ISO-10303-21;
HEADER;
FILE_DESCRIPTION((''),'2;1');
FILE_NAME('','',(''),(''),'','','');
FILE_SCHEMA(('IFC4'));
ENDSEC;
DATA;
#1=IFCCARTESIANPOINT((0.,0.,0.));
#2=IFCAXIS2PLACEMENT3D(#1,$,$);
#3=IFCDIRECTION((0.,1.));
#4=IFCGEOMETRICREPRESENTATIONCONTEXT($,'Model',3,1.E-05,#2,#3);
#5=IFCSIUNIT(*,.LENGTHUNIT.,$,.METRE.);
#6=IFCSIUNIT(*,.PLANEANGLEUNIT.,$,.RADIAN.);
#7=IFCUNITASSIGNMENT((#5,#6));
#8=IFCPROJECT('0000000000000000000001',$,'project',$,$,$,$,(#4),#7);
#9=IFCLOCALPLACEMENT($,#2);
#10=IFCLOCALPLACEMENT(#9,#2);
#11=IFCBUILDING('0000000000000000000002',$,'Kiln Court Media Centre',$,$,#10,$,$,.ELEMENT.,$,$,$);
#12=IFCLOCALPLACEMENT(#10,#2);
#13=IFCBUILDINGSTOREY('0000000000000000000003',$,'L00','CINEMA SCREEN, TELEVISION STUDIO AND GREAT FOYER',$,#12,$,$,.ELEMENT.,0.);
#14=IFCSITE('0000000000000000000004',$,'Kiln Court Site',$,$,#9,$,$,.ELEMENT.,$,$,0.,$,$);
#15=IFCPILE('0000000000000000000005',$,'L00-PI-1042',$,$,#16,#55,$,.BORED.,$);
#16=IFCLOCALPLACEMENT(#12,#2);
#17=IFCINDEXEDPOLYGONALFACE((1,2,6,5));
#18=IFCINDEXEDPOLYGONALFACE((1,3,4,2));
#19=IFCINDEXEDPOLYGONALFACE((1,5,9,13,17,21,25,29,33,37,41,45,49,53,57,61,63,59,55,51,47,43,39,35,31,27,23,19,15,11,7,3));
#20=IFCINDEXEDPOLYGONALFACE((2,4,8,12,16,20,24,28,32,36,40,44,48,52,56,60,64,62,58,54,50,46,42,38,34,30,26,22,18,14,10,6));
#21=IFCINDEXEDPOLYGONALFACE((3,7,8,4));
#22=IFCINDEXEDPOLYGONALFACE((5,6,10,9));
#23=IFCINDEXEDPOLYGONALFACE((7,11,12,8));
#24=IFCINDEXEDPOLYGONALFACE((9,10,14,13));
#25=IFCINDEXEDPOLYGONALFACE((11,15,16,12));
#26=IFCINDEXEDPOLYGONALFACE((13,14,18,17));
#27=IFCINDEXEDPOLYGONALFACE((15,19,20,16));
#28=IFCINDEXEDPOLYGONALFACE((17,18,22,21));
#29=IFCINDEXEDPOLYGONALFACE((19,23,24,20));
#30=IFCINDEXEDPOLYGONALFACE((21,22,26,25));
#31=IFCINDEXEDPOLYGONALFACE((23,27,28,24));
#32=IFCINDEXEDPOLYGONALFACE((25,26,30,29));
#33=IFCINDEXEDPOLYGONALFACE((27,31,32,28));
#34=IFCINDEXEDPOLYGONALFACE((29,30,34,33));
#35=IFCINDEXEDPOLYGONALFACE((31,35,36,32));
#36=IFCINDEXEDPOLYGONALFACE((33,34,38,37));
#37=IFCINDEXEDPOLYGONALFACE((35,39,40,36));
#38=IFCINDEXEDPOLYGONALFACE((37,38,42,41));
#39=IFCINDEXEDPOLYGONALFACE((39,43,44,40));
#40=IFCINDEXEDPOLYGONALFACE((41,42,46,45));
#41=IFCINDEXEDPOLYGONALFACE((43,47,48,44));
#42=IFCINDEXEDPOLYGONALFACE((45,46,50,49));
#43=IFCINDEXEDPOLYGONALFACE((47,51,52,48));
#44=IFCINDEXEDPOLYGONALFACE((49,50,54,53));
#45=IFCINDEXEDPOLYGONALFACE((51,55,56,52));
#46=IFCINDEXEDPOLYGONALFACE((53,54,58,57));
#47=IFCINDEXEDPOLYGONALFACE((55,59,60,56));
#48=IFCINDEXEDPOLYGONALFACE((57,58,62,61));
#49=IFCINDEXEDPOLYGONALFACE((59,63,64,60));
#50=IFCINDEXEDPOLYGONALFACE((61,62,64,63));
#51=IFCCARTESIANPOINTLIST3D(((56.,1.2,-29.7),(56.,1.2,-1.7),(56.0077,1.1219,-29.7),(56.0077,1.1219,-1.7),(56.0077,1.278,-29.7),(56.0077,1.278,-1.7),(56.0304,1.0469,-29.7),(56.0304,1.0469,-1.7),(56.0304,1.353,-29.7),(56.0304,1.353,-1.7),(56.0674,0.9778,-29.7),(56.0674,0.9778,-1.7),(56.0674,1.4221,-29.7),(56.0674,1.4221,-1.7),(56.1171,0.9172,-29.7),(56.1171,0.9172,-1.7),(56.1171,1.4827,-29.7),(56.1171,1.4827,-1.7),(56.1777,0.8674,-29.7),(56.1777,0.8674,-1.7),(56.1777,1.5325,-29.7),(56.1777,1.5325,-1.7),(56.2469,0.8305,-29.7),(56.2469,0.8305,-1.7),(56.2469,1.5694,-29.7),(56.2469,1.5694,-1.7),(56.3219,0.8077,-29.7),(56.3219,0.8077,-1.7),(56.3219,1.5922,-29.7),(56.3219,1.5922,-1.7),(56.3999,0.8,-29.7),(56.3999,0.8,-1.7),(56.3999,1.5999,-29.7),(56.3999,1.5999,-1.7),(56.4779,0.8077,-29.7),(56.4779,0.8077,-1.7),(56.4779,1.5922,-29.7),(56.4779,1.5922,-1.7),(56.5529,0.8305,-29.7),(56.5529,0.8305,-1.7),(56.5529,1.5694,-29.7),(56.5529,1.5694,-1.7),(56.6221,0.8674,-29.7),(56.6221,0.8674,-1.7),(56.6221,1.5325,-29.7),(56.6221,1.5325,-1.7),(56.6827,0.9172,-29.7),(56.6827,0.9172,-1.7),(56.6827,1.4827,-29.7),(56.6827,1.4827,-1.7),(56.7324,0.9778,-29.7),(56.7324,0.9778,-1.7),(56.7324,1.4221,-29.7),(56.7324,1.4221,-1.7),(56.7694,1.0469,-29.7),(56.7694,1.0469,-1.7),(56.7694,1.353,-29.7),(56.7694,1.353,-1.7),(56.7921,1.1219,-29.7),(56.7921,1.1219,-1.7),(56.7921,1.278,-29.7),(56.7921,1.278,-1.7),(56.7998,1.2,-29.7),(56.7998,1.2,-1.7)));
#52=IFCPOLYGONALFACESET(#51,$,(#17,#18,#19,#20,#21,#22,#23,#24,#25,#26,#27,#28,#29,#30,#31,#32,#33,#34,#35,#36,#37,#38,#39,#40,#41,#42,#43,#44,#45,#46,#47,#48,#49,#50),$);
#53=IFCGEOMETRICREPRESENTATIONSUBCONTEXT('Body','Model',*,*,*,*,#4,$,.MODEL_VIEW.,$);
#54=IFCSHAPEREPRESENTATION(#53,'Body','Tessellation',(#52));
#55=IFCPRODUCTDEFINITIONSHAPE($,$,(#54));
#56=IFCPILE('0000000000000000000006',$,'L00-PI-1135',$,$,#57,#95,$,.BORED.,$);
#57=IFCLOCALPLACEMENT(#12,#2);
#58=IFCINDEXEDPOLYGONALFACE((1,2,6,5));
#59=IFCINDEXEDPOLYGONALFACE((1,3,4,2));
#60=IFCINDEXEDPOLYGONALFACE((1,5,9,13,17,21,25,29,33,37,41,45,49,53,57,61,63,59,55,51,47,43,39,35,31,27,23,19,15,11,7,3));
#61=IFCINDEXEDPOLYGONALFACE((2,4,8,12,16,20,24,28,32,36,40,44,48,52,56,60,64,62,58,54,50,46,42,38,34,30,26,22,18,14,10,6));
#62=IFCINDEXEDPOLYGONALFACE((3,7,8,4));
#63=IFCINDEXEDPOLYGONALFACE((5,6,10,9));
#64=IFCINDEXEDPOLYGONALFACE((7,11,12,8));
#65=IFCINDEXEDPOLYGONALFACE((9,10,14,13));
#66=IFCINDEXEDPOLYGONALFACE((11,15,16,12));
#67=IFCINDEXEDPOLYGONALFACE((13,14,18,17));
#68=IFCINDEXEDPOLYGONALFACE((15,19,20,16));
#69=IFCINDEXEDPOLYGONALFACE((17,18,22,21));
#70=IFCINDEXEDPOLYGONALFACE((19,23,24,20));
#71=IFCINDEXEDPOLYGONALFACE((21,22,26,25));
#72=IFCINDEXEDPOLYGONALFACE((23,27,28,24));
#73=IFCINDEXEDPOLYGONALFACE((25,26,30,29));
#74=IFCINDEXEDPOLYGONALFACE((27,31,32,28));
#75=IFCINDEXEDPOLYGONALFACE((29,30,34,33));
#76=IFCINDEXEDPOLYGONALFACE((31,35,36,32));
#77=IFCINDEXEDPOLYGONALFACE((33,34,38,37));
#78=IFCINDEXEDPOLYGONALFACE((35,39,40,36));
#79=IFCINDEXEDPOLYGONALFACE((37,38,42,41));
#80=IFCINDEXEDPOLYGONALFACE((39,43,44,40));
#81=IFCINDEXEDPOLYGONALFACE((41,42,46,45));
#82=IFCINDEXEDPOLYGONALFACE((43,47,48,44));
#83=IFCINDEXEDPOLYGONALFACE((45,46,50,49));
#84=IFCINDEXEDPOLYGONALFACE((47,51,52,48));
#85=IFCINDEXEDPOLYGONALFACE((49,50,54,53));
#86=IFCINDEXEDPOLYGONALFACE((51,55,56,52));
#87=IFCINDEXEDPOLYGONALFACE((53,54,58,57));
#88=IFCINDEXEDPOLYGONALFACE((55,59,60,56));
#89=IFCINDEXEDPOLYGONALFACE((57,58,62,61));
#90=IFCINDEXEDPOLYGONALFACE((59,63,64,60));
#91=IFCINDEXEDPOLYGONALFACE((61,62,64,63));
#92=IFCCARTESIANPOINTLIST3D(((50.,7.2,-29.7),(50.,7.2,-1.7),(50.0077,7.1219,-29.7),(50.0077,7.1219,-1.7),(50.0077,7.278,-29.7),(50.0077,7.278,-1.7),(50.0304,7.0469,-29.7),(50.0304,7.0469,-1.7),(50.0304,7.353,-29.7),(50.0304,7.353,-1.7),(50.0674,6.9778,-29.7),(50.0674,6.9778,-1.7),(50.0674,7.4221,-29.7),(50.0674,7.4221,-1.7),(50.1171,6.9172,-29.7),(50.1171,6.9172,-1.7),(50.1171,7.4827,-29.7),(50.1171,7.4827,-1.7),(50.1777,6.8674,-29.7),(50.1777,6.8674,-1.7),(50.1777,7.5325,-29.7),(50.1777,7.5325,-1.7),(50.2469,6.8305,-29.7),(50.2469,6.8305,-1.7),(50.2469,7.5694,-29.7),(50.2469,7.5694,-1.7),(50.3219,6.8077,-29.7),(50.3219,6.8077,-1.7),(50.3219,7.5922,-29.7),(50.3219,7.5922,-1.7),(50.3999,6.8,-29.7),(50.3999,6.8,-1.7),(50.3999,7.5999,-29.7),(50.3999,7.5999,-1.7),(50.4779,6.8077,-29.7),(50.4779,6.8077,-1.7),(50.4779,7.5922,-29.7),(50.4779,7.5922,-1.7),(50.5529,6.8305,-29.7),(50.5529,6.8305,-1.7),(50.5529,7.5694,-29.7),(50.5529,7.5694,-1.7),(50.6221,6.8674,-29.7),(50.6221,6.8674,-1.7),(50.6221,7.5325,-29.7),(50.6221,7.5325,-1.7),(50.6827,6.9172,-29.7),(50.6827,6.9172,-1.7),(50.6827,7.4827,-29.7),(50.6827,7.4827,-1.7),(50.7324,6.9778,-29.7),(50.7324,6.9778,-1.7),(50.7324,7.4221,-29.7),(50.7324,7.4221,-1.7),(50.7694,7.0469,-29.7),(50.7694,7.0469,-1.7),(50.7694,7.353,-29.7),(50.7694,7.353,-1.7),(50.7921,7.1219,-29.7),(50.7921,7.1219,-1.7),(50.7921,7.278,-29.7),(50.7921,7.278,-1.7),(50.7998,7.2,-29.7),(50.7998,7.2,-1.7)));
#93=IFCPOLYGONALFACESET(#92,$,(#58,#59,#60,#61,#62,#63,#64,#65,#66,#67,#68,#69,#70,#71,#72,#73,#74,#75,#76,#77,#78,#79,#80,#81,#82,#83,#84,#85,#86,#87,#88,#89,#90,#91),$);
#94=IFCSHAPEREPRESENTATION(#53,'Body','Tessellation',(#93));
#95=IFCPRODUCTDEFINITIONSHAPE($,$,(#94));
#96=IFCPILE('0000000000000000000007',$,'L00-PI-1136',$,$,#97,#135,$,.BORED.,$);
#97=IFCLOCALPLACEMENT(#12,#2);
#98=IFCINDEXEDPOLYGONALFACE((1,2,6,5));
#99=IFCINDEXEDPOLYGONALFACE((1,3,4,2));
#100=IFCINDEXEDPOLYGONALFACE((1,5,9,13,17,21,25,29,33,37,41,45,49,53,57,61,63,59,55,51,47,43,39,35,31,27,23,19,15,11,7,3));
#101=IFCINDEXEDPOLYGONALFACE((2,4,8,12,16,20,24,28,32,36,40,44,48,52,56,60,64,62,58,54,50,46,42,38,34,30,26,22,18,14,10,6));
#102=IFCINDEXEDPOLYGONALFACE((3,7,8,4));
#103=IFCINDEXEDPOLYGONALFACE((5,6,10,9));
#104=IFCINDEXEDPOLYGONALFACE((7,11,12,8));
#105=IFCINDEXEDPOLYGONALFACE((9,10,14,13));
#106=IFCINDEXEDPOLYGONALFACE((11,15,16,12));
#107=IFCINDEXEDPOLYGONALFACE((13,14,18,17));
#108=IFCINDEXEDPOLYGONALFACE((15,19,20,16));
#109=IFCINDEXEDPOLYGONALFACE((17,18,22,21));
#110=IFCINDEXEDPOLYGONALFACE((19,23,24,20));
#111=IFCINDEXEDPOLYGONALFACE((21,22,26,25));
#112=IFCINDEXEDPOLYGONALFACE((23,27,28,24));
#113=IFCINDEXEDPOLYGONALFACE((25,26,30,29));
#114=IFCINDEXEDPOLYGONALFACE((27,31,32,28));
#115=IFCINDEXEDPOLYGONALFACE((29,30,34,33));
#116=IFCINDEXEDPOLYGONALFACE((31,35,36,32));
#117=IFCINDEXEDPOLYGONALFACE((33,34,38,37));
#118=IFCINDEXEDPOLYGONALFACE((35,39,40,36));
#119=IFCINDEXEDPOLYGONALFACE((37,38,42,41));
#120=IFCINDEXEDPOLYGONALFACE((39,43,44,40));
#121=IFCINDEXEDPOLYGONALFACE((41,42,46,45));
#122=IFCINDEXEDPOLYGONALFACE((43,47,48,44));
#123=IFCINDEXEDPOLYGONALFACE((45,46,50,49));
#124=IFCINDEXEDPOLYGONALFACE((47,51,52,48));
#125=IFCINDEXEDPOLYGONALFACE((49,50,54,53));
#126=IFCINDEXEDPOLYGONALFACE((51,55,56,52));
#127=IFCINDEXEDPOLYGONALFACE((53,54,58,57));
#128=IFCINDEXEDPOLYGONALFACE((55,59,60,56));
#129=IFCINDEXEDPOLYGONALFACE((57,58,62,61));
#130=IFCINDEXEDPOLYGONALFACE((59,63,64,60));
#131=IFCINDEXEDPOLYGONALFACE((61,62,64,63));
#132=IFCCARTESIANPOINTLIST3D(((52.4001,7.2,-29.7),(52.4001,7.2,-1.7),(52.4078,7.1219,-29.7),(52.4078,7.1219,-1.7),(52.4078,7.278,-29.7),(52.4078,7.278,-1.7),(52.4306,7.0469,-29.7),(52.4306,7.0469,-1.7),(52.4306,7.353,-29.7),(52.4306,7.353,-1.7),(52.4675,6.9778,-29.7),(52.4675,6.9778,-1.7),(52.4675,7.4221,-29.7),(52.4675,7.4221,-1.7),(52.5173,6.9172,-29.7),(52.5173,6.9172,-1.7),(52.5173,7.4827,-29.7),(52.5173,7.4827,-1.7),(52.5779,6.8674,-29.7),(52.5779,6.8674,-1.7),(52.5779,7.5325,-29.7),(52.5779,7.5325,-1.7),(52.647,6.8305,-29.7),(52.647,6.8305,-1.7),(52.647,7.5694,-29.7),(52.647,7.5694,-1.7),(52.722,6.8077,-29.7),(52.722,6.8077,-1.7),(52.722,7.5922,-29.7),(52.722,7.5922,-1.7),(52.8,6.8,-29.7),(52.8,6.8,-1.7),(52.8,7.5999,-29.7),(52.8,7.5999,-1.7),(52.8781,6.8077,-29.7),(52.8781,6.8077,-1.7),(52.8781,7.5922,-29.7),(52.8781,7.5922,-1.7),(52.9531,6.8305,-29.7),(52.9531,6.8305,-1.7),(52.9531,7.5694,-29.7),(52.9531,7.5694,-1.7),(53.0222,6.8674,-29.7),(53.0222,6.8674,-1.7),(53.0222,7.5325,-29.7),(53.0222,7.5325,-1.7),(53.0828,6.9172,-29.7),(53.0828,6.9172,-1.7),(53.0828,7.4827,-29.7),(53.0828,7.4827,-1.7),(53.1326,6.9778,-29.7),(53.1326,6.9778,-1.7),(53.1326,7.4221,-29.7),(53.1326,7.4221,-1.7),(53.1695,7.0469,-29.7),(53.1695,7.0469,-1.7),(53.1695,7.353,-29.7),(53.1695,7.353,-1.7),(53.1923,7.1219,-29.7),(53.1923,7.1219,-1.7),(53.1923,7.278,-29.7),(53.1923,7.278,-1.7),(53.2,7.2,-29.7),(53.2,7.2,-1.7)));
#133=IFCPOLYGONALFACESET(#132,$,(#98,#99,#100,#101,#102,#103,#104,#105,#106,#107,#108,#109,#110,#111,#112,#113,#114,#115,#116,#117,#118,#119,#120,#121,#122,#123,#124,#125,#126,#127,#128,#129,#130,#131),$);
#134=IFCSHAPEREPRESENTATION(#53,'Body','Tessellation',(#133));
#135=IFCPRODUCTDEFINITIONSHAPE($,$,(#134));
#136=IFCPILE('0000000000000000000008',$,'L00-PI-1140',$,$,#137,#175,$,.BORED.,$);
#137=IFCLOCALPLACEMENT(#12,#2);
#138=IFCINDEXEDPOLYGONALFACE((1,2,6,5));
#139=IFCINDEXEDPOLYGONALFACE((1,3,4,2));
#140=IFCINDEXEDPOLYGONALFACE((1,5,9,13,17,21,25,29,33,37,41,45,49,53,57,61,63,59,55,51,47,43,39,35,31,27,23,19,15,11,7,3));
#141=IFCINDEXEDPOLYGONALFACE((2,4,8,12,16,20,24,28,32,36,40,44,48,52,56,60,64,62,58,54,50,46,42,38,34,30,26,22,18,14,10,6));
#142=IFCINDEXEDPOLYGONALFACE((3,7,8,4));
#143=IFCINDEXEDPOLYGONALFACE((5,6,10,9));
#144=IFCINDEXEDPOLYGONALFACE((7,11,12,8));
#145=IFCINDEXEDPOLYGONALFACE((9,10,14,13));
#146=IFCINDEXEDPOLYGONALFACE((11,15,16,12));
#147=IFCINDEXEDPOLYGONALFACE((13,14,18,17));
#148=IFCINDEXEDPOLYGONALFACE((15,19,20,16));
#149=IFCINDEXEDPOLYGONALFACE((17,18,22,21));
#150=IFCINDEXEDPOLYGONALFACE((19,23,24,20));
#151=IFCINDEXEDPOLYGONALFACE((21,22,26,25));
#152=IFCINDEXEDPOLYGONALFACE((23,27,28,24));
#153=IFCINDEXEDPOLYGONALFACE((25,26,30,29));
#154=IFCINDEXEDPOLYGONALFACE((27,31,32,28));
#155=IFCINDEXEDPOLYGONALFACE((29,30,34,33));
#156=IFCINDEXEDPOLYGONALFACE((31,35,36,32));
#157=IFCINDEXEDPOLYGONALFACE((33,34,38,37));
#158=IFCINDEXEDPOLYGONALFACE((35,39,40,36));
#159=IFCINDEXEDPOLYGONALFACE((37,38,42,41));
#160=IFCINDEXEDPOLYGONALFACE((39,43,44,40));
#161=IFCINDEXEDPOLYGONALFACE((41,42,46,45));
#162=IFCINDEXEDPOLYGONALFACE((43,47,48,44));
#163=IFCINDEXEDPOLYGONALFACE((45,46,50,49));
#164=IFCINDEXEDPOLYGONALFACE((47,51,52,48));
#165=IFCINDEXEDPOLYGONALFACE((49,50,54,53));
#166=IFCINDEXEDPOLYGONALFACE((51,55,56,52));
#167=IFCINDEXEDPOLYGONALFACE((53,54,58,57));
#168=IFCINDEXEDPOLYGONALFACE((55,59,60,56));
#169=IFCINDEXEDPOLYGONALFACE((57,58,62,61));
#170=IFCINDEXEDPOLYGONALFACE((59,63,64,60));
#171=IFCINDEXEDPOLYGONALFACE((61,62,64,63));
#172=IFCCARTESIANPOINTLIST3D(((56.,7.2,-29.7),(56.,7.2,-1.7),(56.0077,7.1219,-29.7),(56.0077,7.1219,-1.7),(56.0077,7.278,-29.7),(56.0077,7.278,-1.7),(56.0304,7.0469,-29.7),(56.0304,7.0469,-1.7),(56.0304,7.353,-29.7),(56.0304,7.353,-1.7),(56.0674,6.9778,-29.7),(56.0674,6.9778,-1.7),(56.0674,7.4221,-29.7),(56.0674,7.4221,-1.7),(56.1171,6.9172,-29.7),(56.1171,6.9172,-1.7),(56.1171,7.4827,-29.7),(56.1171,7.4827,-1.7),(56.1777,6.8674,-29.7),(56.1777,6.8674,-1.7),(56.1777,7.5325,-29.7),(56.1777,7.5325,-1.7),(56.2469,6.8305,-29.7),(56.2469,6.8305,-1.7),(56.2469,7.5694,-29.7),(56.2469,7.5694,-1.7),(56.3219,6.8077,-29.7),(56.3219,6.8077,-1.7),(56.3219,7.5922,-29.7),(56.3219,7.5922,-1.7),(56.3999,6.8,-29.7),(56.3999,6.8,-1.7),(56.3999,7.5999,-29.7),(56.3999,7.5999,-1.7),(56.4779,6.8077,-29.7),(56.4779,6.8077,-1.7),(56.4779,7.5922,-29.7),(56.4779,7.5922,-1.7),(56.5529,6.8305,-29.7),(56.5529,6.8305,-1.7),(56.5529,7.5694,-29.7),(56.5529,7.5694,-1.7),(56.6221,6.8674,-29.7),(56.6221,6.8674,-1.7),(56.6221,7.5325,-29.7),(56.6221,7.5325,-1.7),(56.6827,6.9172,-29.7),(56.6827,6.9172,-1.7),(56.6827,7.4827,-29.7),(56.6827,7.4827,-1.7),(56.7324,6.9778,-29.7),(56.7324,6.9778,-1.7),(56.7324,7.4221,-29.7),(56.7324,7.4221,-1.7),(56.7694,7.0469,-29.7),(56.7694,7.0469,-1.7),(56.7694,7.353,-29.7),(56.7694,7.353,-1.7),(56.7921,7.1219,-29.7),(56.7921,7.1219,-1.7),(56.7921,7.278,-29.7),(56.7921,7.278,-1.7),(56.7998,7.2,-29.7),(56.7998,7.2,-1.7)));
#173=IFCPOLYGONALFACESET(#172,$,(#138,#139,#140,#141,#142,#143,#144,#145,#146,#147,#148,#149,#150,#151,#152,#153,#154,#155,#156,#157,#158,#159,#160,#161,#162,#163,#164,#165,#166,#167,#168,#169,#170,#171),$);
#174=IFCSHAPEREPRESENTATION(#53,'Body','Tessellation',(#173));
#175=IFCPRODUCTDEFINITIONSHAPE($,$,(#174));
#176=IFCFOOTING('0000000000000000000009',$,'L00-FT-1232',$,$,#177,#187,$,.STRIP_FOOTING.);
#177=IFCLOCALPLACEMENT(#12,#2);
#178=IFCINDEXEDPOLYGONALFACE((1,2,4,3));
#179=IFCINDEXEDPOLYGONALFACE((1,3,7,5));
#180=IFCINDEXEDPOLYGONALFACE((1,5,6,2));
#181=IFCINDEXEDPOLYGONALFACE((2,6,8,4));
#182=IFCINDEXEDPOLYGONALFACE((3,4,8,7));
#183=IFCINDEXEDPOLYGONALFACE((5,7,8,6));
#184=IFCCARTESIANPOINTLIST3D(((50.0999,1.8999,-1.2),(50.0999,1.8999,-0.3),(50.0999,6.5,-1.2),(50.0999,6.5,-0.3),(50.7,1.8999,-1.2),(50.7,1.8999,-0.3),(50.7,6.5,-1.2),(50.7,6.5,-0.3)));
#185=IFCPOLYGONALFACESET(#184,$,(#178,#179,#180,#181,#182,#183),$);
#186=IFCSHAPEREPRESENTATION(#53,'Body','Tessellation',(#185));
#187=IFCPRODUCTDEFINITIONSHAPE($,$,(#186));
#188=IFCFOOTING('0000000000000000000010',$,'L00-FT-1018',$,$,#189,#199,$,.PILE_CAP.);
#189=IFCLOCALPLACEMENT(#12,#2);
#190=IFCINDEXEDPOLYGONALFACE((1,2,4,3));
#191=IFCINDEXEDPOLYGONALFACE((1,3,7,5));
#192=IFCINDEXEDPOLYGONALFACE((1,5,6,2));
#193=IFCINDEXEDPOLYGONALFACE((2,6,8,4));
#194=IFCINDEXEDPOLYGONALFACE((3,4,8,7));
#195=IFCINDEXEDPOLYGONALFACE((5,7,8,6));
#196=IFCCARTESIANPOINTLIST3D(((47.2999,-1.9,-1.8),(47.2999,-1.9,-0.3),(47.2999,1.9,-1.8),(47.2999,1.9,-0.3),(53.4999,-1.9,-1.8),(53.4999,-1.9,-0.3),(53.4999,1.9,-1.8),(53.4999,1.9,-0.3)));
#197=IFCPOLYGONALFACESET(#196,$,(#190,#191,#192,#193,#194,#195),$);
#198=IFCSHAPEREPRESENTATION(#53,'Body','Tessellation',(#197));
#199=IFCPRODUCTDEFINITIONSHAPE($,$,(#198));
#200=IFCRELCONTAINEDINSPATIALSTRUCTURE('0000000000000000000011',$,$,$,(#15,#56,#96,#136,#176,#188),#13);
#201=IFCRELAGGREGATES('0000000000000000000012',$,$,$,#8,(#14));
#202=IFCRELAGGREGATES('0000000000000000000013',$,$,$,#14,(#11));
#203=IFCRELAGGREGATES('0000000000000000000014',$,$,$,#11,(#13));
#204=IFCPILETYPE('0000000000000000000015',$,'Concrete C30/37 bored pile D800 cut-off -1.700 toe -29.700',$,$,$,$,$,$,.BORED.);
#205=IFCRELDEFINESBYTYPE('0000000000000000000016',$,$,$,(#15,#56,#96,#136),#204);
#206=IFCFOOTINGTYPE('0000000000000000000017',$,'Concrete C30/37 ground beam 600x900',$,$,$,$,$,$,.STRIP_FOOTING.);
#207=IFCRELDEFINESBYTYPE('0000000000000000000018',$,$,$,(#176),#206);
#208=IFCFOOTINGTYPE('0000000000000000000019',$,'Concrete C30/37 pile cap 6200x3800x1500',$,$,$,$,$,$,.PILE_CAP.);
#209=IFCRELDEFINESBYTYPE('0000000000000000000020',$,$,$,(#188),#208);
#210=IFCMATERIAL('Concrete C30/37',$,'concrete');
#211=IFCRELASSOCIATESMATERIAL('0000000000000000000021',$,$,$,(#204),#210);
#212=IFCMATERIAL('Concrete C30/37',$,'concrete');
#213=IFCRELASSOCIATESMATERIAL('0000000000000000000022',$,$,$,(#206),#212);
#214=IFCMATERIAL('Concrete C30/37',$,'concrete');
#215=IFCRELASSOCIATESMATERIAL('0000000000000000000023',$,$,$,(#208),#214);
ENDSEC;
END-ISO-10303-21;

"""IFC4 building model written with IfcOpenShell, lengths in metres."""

from ifc_helpers import new_model, si_unit, direction, frame, origin, origin_2d, place, context, subcontext, project, spatial, rectangle, circle, extrude, material, material_profile, profile_set, type_object, element, save


model = new_model("IFC4")

# Units and contexts
model_context = context("Model", 3, precision=1e-05, world=origin(), true_north=direction((0.0, 1.0)))
body_context = subcontext(model_context, "Body", "Model", "MODEL_VIEW")
ifc_project = project(units=[si_unit("LENGTHUNIT", "METRE"), si_unit("PLANEANGLEUNIT", "RADIAN")], contexts=[model_context])

# Site, building, storey
site_placement = place(None, origin())
site = spatial("IfcSite", under=ifc_project, at=site_placement, Name="Kiln Court Site", CompositionType="ELEMENT", RefElevation=0.0)
building_placement = place(site_placement, origin())
building = spatial("IfcBuilding", under=site, at=building_placement, Name="Kiln Court Media Centre", CompositionType="ELEMENT")
storey_placement = place(building_placement, origin())
storey = spatial("IfcBuildingStorey", under=building, at=storey_placement, Name="L00", Description="CINEMA SCREEN, TELEVISION STUDIO AND GREAT FOYER", CompositionType="ELEMENT", Elevation=0.0)

# Piles
ifc_material_1 = material(Name="Concrete C30/37", Category="concrete")
ifc_material_profile_1 = material_profile(ifc_material_1, circle(Radius=0.3999, at=origin_2d()), Name="PILE D800")
ifc_profile_set_1 = profile_set([ifc_material_profile_1], Name="Concrete C30/37")
pile_type = type_object("IfcPileType", Name="Concrete C30/37 bored pile D800 cut-off -1.700 toe -29.700", PredefinedType="BORED", material=ifc_profile_set_1)
for number, where, z_axis, x_axis, name in (
    (1, (56.3999, 1.2, -1.7), (0.0, 0.0, -1.0), (1.0, 0.0, 0.0), "L00-PI-1042"),
    (2, (50.3999, 7.2, -1.7), (0.0, 0.0, -1.0), (1.0, 0.0, 0.0), "L00-PI-1135"),
    (3, (52.8, 7.2, -1.7), (0.0, 0.0, -1.0), (1.0, 0.0, 0.0), "L00-PI-1136"),
    (4, (56.3999, 7.2, -1.7), (0.0, 0.0, -1.0), (1.0, 0.0, 0.0), "L00-PI-1140"),
):
    element("IfcPile", number, at=place(storey_placement, frame(where, z_axis=z_axis, x_axis=x_axis)), inside=storey, type_object=pile_type, Name=name, PredefinedType="BORED", context=body_context, shape_type="SweptSolid", body=[
        extrude(circle(Radius=0.3999, at=origin_2d()), origin(), (0.0, 0.0, 1.0), 28.0),
    ])

# Footings
ifc_material_2 = material(Name="Concrete C30/37", Category="concrete")
footing_type_1 = type_object("IfcFootingType", Name="Concrete C30/37 ground beam 600x900", PredefinedType="STRIP_FOOTING", material=ifc_material_2)
footing_1_placement = place(storey_placement, frame((50.3999, 4.2, -1.2), z_axis=(0.0, 0.0, 1.0), x_axis=(1.0, 0.0, 0.0)))
element("IfcFooting", 5, at=footing_1_placement, inside=storey, type_object=footing_type_1, Name="L00-FT-1232", PredefinedType="STRIP_FOOTING", context=body_context, shape_type="SweptSolid", body=[
    extrude(rectangle(XDim=0.6001, YDim=4.6001, at=origin_2d()), origin(), (0.0, 0.0, 1.0), 0.8999),
])
ifc_material_3 = material(Name="Concrete C30/37", Category="concrete")
footing_type_2 = type_object("IfcFootingType", Name="Concrete C30/37 pile cap 6200x3800x1500", PredefinedType="PILE_CAP", material=ifc_material_3)
footing_2_placement = place(storey_placement, frame((50.3999, 0.0, -1.8), z_axis=(0.0, 0.0, 1.0), x_axis=(1.0, 0.0, 0.0)))
element("IfcFooting", 6, at=footing_2_placement, inside=storey, type_object=footing_type_2, Name="L00-FT-1018", PredefinedType="PILE_CAP", context=body_context, shape_type="SweptSolid", body=[
    extrude(rectangle(XDim=6.2, YDim=3.8, at=origin_2d()), origin(), (0.0, 0.0, 1.0), 1.5),
])

save(model, "model.ifc")
